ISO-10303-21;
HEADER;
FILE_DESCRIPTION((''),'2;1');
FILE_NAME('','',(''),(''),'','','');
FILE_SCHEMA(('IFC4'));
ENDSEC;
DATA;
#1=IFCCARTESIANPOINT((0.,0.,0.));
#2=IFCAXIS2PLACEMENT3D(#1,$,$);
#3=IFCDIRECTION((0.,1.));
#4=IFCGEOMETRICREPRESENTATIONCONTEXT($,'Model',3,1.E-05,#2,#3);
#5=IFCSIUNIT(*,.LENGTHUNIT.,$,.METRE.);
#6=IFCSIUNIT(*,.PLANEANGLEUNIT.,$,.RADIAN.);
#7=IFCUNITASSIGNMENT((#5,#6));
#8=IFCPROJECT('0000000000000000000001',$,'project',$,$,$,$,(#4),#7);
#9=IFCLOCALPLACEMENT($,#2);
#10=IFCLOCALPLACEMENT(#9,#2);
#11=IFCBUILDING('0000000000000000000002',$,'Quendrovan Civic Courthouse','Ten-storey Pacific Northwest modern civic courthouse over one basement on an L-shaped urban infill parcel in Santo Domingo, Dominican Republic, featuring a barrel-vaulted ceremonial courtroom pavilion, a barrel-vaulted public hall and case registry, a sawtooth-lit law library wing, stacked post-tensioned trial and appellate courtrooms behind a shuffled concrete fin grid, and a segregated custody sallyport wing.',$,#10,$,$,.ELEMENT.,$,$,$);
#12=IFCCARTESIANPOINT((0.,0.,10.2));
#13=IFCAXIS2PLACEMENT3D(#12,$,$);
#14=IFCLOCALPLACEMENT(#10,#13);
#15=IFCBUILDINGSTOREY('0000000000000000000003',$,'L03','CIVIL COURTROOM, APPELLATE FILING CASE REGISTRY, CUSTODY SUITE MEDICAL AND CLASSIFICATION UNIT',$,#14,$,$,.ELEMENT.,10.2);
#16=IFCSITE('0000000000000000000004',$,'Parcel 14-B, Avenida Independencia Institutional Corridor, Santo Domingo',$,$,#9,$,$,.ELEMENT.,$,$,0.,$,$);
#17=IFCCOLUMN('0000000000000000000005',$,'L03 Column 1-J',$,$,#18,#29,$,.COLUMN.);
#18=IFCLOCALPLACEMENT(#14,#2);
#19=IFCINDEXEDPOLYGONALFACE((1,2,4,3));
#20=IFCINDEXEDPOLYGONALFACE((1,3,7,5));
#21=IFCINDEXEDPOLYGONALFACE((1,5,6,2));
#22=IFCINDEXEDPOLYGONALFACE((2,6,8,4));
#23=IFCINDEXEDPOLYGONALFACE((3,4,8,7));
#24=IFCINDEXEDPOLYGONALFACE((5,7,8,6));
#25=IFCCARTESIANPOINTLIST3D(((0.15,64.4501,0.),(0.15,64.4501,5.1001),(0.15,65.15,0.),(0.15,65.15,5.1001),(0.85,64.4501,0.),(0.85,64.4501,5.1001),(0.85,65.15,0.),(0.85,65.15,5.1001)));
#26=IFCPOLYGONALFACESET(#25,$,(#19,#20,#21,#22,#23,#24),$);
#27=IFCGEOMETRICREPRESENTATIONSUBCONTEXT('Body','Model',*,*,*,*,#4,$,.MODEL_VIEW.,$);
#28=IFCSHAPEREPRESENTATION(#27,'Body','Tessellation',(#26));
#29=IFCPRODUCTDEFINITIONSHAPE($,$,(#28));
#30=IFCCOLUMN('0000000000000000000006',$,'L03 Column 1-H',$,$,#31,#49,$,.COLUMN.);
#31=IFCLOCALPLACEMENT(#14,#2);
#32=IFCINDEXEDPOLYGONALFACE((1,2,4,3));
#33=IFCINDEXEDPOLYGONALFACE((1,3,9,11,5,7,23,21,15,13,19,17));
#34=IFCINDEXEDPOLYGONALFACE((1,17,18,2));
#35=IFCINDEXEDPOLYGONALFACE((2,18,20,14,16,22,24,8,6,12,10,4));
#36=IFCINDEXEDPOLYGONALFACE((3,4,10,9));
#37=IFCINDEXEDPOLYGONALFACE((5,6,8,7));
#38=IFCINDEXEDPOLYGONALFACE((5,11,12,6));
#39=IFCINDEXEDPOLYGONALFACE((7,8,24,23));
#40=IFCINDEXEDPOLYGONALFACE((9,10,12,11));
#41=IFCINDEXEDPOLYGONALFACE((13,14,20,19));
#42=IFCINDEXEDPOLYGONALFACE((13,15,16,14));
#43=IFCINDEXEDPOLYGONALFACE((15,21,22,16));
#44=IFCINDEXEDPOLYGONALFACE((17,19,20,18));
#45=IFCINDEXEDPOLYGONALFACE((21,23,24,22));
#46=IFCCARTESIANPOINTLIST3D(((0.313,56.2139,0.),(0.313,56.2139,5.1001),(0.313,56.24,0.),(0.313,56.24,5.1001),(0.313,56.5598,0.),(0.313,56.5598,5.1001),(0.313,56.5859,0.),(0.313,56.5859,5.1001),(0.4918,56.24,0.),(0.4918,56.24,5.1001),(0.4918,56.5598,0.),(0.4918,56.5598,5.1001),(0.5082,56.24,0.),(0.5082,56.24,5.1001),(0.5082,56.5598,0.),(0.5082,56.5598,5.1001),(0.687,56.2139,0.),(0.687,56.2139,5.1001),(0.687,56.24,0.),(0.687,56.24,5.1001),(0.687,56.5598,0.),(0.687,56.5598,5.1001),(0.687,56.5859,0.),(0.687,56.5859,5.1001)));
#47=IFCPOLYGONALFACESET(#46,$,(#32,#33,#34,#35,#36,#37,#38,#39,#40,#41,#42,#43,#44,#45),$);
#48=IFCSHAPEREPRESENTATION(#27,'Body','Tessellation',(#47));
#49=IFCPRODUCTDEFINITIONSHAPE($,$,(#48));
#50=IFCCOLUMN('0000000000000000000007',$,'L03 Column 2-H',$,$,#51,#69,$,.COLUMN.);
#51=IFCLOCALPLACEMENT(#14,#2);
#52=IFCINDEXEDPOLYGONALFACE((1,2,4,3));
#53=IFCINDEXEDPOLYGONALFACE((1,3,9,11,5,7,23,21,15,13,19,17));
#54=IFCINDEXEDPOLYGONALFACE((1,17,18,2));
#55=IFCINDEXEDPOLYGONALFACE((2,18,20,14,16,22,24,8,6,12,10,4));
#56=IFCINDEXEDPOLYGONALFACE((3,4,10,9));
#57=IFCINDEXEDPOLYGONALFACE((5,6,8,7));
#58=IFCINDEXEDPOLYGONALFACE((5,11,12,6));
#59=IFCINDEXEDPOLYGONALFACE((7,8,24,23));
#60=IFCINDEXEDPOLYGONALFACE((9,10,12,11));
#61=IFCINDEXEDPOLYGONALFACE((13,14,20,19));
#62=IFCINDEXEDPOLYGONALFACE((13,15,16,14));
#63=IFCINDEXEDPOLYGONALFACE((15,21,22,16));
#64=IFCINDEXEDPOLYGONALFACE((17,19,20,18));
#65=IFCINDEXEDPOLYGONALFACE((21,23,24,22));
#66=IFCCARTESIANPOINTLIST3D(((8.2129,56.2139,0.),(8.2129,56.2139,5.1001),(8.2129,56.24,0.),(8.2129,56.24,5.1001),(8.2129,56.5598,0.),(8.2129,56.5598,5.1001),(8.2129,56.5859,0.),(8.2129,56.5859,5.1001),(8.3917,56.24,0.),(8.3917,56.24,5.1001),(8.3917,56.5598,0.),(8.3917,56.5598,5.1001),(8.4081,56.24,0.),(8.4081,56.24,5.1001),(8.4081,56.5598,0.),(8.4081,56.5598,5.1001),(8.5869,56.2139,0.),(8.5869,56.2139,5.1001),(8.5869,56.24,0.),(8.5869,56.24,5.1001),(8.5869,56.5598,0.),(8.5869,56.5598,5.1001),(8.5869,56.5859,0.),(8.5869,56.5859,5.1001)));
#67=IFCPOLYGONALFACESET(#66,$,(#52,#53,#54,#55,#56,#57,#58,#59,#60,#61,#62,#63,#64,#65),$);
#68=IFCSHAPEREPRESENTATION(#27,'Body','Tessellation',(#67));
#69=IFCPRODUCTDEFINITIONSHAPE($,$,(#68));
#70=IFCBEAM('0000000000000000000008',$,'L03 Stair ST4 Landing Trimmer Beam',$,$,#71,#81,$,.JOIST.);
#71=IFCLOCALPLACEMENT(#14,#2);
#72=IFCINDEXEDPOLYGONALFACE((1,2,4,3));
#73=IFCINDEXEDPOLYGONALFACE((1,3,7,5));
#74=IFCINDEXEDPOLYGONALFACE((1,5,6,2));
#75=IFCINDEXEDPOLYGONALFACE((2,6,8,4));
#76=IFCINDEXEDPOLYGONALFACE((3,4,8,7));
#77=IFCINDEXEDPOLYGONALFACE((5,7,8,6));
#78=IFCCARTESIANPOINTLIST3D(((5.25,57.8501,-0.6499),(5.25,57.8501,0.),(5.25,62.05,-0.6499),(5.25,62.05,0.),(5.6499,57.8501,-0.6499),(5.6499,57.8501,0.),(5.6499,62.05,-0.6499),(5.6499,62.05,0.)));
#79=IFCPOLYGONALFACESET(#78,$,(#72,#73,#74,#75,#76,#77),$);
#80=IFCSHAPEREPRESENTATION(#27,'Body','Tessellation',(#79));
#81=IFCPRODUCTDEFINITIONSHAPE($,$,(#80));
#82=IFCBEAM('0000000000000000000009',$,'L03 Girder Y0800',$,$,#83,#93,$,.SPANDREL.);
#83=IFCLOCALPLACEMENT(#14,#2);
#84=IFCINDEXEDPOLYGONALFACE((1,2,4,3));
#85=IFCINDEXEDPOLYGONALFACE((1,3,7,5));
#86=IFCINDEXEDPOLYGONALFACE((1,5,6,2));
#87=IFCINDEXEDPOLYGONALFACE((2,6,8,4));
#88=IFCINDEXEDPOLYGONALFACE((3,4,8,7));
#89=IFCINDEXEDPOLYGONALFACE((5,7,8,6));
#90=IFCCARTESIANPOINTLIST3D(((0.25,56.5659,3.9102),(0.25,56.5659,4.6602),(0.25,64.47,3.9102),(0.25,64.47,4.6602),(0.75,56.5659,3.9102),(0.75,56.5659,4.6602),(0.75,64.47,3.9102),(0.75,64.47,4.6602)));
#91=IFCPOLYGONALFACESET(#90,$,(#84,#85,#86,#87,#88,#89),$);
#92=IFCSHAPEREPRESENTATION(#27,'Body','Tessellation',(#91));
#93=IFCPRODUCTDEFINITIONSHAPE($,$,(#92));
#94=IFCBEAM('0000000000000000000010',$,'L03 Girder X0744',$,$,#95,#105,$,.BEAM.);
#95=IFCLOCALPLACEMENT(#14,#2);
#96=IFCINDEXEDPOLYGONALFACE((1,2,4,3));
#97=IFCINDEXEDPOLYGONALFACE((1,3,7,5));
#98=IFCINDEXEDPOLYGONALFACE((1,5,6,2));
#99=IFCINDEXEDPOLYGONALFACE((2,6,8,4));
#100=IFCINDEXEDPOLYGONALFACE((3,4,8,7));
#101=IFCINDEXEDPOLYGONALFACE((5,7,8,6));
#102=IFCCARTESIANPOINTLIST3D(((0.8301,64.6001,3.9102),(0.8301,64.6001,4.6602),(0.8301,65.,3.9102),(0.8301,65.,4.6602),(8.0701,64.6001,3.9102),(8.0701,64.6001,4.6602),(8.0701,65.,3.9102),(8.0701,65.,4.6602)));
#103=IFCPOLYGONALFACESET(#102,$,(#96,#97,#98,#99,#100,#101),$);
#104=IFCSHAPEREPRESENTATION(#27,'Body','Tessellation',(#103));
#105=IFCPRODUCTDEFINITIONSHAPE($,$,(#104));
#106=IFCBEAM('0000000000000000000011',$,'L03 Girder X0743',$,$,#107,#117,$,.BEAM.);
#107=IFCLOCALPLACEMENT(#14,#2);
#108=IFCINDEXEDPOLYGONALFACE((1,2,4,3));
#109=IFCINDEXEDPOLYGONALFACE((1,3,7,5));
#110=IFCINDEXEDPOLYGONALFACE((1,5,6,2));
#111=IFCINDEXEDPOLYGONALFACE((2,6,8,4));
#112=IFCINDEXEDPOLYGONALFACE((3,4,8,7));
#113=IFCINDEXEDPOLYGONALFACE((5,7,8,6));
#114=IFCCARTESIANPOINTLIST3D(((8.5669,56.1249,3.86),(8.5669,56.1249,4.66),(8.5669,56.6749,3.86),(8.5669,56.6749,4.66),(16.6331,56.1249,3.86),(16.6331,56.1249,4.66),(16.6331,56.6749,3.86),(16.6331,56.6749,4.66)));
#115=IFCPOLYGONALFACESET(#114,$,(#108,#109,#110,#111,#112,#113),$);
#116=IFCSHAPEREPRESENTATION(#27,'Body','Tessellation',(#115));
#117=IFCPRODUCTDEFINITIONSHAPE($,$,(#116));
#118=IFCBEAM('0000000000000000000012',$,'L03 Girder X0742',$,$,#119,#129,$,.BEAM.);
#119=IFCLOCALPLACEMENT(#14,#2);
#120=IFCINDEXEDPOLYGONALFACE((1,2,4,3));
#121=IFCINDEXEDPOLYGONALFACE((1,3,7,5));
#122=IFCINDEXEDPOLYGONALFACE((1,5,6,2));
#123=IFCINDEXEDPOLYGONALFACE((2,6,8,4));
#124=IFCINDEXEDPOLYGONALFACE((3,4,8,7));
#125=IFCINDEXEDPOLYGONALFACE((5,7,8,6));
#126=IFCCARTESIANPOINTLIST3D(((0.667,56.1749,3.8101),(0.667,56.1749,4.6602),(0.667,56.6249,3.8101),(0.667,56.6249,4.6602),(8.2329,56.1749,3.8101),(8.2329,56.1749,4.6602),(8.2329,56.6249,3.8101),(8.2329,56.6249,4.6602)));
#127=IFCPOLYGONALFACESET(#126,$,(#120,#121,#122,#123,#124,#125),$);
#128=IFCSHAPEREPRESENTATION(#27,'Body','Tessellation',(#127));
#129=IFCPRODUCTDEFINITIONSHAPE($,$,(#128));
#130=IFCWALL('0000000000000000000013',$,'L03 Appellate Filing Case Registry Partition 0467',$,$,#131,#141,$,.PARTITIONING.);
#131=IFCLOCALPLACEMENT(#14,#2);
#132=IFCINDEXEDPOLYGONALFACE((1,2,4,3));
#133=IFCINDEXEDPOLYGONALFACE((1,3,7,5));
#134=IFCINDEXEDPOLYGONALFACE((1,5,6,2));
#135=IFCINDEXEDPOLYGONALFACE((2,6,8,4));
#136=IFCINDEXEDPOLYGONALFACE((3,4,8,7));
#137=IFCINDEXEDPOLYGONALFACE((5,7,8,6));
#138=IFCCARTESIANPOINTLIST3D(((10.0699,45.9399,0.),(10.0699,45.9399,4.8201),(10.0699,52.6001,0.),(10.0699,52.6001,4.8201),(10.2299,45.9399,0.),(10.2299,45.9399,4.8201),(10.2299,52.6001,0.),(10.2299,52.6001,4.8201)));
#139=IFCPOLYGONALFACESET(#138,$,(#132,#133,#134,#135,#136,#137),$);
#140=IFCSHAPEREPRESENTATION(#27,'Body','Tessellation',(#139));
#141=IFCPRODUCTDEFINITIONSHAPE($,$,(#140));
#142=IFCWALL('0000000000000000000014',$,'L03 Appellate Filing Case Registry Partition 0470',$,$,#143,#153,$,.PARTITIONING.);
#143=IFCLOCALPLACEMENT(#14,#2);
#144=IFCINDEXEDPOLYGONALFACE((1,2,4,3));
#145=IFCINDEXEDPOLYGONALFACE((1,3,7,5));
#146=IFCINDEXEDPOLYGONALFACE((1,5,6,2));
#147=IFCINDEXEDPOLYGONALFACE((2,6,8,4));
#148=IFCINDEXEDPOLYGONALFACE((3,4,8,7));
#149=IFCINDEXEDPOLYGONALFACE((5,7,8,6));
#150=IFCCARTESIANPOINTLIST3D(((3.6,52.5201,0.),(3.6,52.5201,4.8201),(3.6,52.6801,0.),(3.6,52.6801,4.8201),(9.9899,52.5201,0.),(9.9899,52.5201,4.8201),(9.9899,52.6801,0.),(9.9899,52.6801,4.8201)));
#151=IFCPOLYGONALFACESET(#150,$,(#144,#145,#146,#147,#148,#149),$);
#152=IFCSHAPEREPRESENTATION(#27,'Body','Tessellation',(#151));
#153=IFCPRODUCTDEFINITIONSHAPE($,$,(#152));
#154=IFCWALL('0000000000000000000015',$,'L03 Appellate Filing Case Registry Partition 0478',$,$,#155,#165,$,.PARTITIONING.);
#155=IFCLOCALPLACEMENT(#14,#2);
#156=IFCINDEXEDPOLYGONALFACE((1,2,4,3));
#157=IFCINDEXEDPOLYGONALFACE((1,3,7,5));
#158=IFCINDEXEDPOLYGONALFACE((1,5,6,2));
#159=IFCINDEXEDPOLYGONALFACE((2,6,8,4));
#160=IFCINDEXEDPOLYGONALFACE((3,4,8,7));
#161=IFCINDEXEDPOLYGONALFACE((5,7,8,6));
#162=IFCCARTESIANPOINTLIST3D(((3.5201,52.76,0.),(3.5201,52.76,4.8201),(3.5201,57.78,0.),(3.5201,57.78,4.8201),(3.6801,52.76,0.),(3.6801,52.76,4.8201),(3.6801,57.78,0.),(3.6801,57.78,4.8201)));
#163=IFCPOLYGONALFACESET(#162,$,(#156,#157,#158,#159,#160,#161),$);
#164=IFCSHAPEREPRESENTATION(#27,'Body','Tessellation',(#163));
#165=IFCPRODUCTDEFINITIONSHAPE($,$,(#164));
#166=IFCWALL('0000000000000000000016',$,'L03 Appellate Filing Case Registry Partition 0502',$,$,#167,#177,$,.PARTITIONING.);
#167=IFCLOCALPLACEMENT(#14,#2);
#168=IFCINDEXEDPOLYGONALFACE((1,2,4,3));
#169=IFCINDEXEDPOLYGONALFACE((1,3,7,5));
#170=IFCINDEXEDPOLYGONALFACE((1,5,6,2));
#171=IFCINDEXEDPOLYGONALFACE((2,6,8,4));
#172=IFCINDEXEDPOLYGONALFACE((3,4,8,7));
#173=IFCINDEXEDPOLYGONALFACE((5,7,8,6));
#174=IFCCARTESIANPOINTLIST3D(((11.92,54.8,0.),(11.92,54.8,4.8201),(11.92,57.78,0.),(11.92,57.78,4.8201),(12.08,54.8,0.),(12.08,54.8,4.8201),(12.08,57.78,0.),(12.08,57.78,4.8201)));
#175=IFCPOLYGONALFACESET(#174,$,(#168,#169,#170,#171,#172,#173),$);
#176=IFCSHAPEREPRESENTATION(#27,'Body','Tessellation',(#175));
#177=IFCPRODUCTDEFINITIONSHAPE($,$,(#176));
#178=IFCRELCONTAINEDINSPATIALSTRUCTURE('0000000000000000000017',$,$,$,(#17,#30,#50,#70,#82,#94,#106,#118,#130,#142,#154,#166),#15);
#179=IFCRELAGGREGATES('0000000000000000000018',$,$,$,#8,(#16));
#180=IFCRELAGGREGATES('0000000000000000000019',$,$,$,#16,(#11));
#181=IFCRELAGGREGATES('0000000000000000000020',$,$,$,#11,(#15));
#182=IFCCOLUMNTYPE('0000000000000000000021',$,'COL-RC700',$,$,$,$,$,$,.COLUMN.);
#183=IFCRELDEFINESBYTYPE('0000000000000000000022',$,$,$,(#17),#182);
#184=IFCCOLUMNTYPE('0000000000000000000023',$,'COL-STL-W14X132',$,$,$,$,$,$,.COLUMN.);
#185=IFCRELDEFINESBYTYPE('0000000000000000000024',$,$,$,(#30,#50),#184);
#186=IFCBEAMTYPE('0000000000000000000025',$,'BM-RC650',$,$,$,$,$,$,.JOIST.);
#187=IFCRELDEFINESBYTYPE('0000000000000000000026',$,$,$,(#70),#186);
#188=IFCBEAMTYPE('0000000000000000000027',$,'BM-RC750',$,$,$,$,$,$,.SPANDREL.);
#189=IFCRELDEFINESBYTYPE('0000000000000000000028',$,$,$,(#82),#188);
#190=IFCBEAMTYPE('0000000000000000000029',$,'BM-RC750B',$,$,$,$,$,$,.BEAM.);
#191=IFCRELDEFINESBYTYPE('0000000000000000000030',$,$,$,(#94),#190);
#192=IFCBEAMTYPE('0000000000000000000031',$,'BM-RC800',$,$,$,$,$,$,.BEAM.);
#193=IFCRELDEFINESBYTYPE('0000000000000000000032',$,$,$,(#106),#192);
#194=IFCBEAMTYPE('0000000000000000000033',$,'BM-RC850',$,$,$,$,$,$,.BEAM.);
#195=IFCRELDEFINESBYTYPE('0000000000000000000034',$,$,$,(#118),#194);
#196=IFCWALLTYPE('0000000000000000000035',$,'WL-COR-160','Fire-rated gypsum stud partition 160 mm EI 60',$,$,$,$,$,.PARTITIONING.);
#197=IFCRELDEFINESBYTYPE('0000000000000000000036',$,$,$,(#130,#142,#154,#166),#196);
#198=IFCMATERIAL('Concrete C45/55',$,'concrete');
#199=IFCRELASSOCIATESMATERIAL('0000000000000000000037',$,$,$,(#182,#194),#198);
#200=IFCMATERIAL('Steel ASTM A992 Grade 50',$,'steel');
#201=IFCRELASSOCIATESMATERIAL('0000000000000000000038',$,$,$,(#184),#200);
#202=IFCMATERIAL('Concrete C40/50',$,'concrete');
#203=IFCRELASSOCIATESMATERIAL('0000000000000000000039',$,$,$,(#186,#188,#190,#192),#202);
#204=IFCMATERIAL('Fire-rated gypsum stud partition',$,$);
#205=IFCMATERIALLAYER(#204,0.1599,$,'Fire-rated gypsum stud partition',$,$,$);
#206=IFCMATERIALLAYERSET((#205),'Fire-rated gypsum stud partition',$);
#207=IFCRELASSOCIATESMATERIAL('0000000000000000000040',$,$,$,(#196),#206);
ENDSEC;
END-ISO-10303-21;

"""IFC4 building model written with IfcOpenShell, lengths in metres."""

from ifc_helpers import new_model, si_unit, direction, frame, frame_2d, origin, origin_2d, place, context, subcontext, project, spatial, rectangle, i_section, extrude, material, layer, layer_set, material_profile, profile_set, type_object, element, save


model = new_model("IFC4")

# Units and contexts
model_context = context("Model", 3, precision=1e-05, world=origin(), true_north=direction((0.0, 1.0)))
body_context = subcontext(model_context, "Body", "Model", "MODEL_VIEW")
ifc_project = project(units=[si_unit("LENGTHUNIT", "METRE"), si_unit("PLANEANGLEUNIT", "RADIAN")], contexts=[model_context])

# Site, building, storey
site_placement = place(None, origin())
site = spatial("IfcSite", under=ifc_project, at=site_placement, Name="Parcel 14-B, Avenida Independencia Institutional Corridor, Santo Domingo", CompositionType="ELEMENT", RefElevation=0.0)
building_placement = place(site_placement, origin())
building = spatial("IfcBuilding", under=site, at=building_placement, Name="Quendrovan Civic Courthouse", Description="Ten-storey Pacific Northwest modern civic courthouse over one basement on an L-shaped urban infill parcel in Santo Domingo, Dominican Republic, featuring a barrel-vaulted ceremonial courtroom pavilion, a barrel-vaulted public hall and case registry, a sawtooth-lit law library wing, stacked post-tensioned trial and appellate courtrooms behind a shuffled concrete fin grid, and a segregated custody sallyport wing.", CompositionType="ELEMENT")
storey_placement = place(building_placement, frame((0.0, 0.0, 10.2)))
storey = spatial("IfcBuildingStorey", under=building, at=storey_placement, Name="L03", Description="CIVIL COURTROOM, APPELLATE FILING CASE REGISTRY, CUSTODY SUITE MEDICAL AND CLASSIFICATION UNIT", CompositionType="ELEMENT", Elevation=10.2)

# Columns
ifc_material_1 = material(Name="Concrete C45/55", Category="concrete")
ifc_material_profile_1 = material_profile(ifc_material_1, rectangle(XDim=0.7, YDim=0.7, at=origin_2d()), Name="RC-COL-700x700")
ifc_profile_set_1 = profile_set([ifc_material_profile_1], Name="Concrete C45/55")
column_type_1 = type_object("IfcColumnType", Name="COL-RC700", PredefinedType="COLUMN", material=ifc_profile_set_1)
column_placement = place(storey_placement, frame((0.5, 64.8, 0.0), z_axis=(0.0, 0.0, 1.0), x_axis=(1.0, 0.0, 0.0)))
element("IfcColumn", 1, at=column_placement, inside=storey, type_object=column_type_1, Name="L03 Column 1-J", PredefinedType="COLUMN", context=body_context, shape_type="SweptSolid", body=[
    extrude(rectangle(XDim=0.7, YDim=0.7, at=origin_2d()), origin(), (0.0, 0.0, 1.0), 5.1001),
])
ifc_material_2 = material(Name="Steel ASTM A992 Grade 50", Category="steel")
ifc_material_profile_2 = material_profile(ifc_material_2, i_section(OverallWidth=0.374, OverallDepth=0.3721, WebThickness=0.0164, FlangeThickness=0.0261, at=origin_2d()), Name="W14X132")
ifc_profile_set_2 = profile_set([ifc_material_profile_2], Name="Steel ASTM A992 Grade 50")
column_type_2 = type_object("IfcColumnType", Name="COL-STL-W14X132", PredefinedType="COLUMN", material=ifc_profile_set_2)
for number, where, z_axis, x_axis, name in (
    (2, (0.5, 56.3999, 0.0), (0.0, 0.0, 1.0), (1.0, 0.0, 0.0), "L03 Column 1-H"),
    (3, (8.3999, 56.3999, 0.0), (0.0, 0.0, 1.0), (1.0, 0.0, 0.0), "L03 Column 2-H"),
):
    element("IfcColumn", number, at=place(storey_placement, frame(where, z_axis=z_axis, x_axis=x_axis)), inside=storey, type_object=column_type_2, Name=name, PredefinedType="COLUMN", context=body_context, shape_type="SweptSolid", body=[
        extrude(i_section(OverallWidth=0.374, OverallDepth=0.3721, WebThickness=0.0164, FlangeThickness=0.0261, at=origin_2d()), origin(), (0.0, 0.0, 1.0), 5.1001),
    ])

# Beams
ifc_material_3 = material(Name="Concrete C40/50", Category="concrete")
ifc_material_profile_3 = material_profile(ifc_material_3, rectangle(XDim=0.3999, YDim=0.6499, at=origin_2d()), Name="RC-BM-400x650")
ifc_profile_set_3 = profile_set([ifc_material_profile_3], Name="Concrete C40/50")
beam_type_1 = type_object("IfcBeamType", Name="BM-RC650", PredefinedType="JOIST", material=ifc_profile_set_3)
beam_1_placement = place(storey_placement, frame((5.45, 57.8501, -0.325), z_axis=(0.0, 1.0, 0.0), x_axis=(-1.0, 0.0, 0.0)))
element("IfcBeam", 4, at=beam_1_placement, inside=storey, type_object=beam_type_1, Name="L03 Stair ST4 Landing Trimmer Beam", PredefinedType="JOIST", context=body_context, shape_type="SweptSolid", body=[
    extrude(rectangle(XDim=0.3999, YDim=0.6499, at=origin_2d()), origin(), (0.0, 0.0, 1.0), 4.2),
])
ifc_material_profile_4 = material_profile(ifc_material_3, rectangle(XDim=0.5, YDim=0.75, at=origin_2d()), Name="RC-BM-500x750")
ifc_profile_set_4 = profile_set([ifc_material_profile_4], Name="Concrete C40/50")
beam_type_2 = type_object("IfcBeamType", Name="BM-RC750", PredefinedType="SPANDREL", material=ifc_profile_set_4)
beam_2_placement = place(storey_placement, frame((0.5, 56.5659, 4.2852), z_axis=(0.0, 1.0, 0.0), x_axis=(-1.0, 0.0, 0.0)))
element("IfcBeam", 5, at=beam_2_placement, inside=storey, type_object=beam_type_2, Name="L03 Girder Y0800", PredefinedType="SPANDREL", context=body_context, shape_type="SweptSolid", body=[
    extrude(rectangle(XDim=0.5, YDim=0.75, at=origin_2d()), origin(), (0.0, 0.0, 1.0), 7.9041),
])
ifc_material_profile_5 = material_profile(ifc_material_3, rectangle(XDim=0.3999, YDim=0.75, at=origin_2d()), Name="RC-BM-400x750")
ifc_profile_set_5 = profile_set([ifc_material_profile_5], Name="Concrete C40/50")
beam_type_3 = type_object("IfcBeamType", Name="BM-RC750B", PredefinedType="BEAM", material=ifc_profile_set_5)
beam_3_placement = place(storey_placement, frame((0.8301, 64.8, 4.2852), z_axis=(1.0, 0.0, 0.0), x_axis=(0.0, 1.0, 0.0)))
element("IfcBeam", 6, at=beam_3_placement, inside=storey, type_object=beam_type_3, Name="L03 Girder X0744", PredefinedType="BEAM", context=body_context, shape_type="SweptSolid", body=[
    extrude(rectangle(XDim=0.3999, YDim=0.75, at=origin_2d()), origin(), (0.0, 0.0, 1.0), 7.24),
])
ifc_material_profile_6 = material_profile(ifc_material_3, rectangle(XDim=0.55, YDim=0.8, at=origin_2d()), Name="RC-BM-550x800")
ifc_profile_set_6 = profile_set([ifc_material_profile_6], Name="Concrete C40/50")
beam_type_4 = type_object("IfcBeamType", Name="BM-RC800", PredefinedType="BEAM", material=ifc_profile_set_6)
beam_4_placement = place(storey_placement, frame((8.5669, 56.3999, 4.26), z_axis=(1.0, 0.0, 0.0), x_axis=(0.0, 1.0, 0.0)))
element("IfcBeam", 7, at=beam_4_placement, inside=storey, type_object=beam_type_4, Name="L03 Girder X0743", PredefinedType="BEAM", context=body_context, shape_type="SweptSolid", body=[
    extrude(rectangle(XDim=0.55, YDim=0.8, at=origin_2d()), origin(), (0.0, 0.0, 1.0), 8.0662),
])
ifc_material_profile_7 = material_profile(ifc_material_1, rectangle(XDim=0.45, YDim=0.8501, at=origin_2d()), Name="RC-BM-450x850")
ifc_profile_set_7 = profile_set([ifc_material_profile_7], Name="Concrete C45/55")
beam_type_5 = type_object("IfcBeamType", Name="BM-RC850", PredefinedType="BEAM", material=ifc_profile_set_7)
beam_5_placement = place(storey_placement, frame((0.667, 56.3999, 4.2351), z_axis=(1.0, 0.0, 0.0), x_axis=(0.0, 1.0, 0.0)))
element("IfcBeam", 8, at=beam_5_placement, inside=storey, type_object=beam_type_5, Name="L03 Girder X0742", PredefinedType="BEAM", context=body_context, shape_type="SweptSolid", body=[
    extrude(rectangle(XDim=0.45, YDim=0.8501, at=origin_2d()), origin(), (0.0, 0.0, 1.0), 7.5659),
])

# Walls
ifc_material_4 = material(Name="Fire-rated gypsum stud partition")
ifc_layer_1 = layer(ifc_material_4, 0.1599, Name="Fire-rated gypsum stud partition")
ifc_layer_set_1 = layer_set([ifc_layer_1], Name="Fire-rated gypsum stud partition")
wall_type_1 = type_object("IfcWallType", Name="WL-COR-160", Description="Fire-rated gypsum stud partition 160 mm EI 60", PredefinedType="PARTITIONING", material=ifc_layer_set_1)
wall_1_placement = place(storey_placement, frame((10.1499, 52.6001, 0.0), z_axis=(0.0, 0.0, 1.0), x_axis=(0.0, -1.0, 0.0)))
element("IfcWall", 9, at=wall_1_placement, inside=storey, type_object=wall_type_1, Name="L03 Appellate Filing Case Registry Partition 0467", PredefinedType="PARTITIONING", context=body_context, shape_type="SweptSolid", body=[
    extrude(rectangle(XDim=6.6602, YDim=0.1599, at=frame_2d((3.3301, 0.0))), origin(), (0.0, 0.0, 1.0), 4.8201),
])
wall_2_placement = place(storey_placement, frame((3.6001, 52.6001, 0.0), z_axis=(0.0, 0.0, 1.0), x_axis=(1.0, 0.0, 0.0)))
element("IfcWall", 10, at=wall_2_placement, inside=storey, type_object=wall_type_1, Name="L03 Appellate Filing Case Registry Partition 0470", PredefinedType="PARTITIONING", context=body_context, shape_type="SweptSolid", body=[
    extrude(rectangle(XDim=6.3899, YDim=0.1599, at=frame_2d((3.1948, 0.0))), origin(), (0.0, 0.0, 1.0), 4.8201),
])
wall_3_placement = place(storey_placement, frame((3.6001, 57.78, 0.0), z_axis=(0.0, 0.0, 1.0), x_axis=(0.0, -1.0, 0.0)))
element("IfcWall", 11, at=wall_3_placement, inside=storey, type_object=wall_type_1, Name="L03 Appellate Filing Case Registry Partition 0478", PredefinedType="PARTITIONING", context=body_context, shape_type="SweptSolid", body=[
    extrude(rectangle(XDim=5.02, YDim=0.1599, at=frame_2d((2.51, 0.0))), origin(), (0.0, 0.0, 1.0), 4.8201),
])
wall_4_placement = place(storey_placement, frame((12.0, 54.8, 0.0), z_axis=(0.0, 0.0, 1.0), x_axis=(0.0, 1.0, 0.0)))
element("IfcWall", 12, at=wall_4_placement, inside=storey, type_object=wall_type_1, Name="L03 Appellate Filing Case Registry Partition 0502", PredefinedType="PARTITIONING", context=body_context, shape_type="SweptSolid", body=[
    extrude(rectangle(XDim=2.98, YDim=0.1599, at=frame_2d((1.49, 0.0))), origin(), (0.0, 0.0, 1.0), 4.8201),
])

save(model, "model.ifc")
